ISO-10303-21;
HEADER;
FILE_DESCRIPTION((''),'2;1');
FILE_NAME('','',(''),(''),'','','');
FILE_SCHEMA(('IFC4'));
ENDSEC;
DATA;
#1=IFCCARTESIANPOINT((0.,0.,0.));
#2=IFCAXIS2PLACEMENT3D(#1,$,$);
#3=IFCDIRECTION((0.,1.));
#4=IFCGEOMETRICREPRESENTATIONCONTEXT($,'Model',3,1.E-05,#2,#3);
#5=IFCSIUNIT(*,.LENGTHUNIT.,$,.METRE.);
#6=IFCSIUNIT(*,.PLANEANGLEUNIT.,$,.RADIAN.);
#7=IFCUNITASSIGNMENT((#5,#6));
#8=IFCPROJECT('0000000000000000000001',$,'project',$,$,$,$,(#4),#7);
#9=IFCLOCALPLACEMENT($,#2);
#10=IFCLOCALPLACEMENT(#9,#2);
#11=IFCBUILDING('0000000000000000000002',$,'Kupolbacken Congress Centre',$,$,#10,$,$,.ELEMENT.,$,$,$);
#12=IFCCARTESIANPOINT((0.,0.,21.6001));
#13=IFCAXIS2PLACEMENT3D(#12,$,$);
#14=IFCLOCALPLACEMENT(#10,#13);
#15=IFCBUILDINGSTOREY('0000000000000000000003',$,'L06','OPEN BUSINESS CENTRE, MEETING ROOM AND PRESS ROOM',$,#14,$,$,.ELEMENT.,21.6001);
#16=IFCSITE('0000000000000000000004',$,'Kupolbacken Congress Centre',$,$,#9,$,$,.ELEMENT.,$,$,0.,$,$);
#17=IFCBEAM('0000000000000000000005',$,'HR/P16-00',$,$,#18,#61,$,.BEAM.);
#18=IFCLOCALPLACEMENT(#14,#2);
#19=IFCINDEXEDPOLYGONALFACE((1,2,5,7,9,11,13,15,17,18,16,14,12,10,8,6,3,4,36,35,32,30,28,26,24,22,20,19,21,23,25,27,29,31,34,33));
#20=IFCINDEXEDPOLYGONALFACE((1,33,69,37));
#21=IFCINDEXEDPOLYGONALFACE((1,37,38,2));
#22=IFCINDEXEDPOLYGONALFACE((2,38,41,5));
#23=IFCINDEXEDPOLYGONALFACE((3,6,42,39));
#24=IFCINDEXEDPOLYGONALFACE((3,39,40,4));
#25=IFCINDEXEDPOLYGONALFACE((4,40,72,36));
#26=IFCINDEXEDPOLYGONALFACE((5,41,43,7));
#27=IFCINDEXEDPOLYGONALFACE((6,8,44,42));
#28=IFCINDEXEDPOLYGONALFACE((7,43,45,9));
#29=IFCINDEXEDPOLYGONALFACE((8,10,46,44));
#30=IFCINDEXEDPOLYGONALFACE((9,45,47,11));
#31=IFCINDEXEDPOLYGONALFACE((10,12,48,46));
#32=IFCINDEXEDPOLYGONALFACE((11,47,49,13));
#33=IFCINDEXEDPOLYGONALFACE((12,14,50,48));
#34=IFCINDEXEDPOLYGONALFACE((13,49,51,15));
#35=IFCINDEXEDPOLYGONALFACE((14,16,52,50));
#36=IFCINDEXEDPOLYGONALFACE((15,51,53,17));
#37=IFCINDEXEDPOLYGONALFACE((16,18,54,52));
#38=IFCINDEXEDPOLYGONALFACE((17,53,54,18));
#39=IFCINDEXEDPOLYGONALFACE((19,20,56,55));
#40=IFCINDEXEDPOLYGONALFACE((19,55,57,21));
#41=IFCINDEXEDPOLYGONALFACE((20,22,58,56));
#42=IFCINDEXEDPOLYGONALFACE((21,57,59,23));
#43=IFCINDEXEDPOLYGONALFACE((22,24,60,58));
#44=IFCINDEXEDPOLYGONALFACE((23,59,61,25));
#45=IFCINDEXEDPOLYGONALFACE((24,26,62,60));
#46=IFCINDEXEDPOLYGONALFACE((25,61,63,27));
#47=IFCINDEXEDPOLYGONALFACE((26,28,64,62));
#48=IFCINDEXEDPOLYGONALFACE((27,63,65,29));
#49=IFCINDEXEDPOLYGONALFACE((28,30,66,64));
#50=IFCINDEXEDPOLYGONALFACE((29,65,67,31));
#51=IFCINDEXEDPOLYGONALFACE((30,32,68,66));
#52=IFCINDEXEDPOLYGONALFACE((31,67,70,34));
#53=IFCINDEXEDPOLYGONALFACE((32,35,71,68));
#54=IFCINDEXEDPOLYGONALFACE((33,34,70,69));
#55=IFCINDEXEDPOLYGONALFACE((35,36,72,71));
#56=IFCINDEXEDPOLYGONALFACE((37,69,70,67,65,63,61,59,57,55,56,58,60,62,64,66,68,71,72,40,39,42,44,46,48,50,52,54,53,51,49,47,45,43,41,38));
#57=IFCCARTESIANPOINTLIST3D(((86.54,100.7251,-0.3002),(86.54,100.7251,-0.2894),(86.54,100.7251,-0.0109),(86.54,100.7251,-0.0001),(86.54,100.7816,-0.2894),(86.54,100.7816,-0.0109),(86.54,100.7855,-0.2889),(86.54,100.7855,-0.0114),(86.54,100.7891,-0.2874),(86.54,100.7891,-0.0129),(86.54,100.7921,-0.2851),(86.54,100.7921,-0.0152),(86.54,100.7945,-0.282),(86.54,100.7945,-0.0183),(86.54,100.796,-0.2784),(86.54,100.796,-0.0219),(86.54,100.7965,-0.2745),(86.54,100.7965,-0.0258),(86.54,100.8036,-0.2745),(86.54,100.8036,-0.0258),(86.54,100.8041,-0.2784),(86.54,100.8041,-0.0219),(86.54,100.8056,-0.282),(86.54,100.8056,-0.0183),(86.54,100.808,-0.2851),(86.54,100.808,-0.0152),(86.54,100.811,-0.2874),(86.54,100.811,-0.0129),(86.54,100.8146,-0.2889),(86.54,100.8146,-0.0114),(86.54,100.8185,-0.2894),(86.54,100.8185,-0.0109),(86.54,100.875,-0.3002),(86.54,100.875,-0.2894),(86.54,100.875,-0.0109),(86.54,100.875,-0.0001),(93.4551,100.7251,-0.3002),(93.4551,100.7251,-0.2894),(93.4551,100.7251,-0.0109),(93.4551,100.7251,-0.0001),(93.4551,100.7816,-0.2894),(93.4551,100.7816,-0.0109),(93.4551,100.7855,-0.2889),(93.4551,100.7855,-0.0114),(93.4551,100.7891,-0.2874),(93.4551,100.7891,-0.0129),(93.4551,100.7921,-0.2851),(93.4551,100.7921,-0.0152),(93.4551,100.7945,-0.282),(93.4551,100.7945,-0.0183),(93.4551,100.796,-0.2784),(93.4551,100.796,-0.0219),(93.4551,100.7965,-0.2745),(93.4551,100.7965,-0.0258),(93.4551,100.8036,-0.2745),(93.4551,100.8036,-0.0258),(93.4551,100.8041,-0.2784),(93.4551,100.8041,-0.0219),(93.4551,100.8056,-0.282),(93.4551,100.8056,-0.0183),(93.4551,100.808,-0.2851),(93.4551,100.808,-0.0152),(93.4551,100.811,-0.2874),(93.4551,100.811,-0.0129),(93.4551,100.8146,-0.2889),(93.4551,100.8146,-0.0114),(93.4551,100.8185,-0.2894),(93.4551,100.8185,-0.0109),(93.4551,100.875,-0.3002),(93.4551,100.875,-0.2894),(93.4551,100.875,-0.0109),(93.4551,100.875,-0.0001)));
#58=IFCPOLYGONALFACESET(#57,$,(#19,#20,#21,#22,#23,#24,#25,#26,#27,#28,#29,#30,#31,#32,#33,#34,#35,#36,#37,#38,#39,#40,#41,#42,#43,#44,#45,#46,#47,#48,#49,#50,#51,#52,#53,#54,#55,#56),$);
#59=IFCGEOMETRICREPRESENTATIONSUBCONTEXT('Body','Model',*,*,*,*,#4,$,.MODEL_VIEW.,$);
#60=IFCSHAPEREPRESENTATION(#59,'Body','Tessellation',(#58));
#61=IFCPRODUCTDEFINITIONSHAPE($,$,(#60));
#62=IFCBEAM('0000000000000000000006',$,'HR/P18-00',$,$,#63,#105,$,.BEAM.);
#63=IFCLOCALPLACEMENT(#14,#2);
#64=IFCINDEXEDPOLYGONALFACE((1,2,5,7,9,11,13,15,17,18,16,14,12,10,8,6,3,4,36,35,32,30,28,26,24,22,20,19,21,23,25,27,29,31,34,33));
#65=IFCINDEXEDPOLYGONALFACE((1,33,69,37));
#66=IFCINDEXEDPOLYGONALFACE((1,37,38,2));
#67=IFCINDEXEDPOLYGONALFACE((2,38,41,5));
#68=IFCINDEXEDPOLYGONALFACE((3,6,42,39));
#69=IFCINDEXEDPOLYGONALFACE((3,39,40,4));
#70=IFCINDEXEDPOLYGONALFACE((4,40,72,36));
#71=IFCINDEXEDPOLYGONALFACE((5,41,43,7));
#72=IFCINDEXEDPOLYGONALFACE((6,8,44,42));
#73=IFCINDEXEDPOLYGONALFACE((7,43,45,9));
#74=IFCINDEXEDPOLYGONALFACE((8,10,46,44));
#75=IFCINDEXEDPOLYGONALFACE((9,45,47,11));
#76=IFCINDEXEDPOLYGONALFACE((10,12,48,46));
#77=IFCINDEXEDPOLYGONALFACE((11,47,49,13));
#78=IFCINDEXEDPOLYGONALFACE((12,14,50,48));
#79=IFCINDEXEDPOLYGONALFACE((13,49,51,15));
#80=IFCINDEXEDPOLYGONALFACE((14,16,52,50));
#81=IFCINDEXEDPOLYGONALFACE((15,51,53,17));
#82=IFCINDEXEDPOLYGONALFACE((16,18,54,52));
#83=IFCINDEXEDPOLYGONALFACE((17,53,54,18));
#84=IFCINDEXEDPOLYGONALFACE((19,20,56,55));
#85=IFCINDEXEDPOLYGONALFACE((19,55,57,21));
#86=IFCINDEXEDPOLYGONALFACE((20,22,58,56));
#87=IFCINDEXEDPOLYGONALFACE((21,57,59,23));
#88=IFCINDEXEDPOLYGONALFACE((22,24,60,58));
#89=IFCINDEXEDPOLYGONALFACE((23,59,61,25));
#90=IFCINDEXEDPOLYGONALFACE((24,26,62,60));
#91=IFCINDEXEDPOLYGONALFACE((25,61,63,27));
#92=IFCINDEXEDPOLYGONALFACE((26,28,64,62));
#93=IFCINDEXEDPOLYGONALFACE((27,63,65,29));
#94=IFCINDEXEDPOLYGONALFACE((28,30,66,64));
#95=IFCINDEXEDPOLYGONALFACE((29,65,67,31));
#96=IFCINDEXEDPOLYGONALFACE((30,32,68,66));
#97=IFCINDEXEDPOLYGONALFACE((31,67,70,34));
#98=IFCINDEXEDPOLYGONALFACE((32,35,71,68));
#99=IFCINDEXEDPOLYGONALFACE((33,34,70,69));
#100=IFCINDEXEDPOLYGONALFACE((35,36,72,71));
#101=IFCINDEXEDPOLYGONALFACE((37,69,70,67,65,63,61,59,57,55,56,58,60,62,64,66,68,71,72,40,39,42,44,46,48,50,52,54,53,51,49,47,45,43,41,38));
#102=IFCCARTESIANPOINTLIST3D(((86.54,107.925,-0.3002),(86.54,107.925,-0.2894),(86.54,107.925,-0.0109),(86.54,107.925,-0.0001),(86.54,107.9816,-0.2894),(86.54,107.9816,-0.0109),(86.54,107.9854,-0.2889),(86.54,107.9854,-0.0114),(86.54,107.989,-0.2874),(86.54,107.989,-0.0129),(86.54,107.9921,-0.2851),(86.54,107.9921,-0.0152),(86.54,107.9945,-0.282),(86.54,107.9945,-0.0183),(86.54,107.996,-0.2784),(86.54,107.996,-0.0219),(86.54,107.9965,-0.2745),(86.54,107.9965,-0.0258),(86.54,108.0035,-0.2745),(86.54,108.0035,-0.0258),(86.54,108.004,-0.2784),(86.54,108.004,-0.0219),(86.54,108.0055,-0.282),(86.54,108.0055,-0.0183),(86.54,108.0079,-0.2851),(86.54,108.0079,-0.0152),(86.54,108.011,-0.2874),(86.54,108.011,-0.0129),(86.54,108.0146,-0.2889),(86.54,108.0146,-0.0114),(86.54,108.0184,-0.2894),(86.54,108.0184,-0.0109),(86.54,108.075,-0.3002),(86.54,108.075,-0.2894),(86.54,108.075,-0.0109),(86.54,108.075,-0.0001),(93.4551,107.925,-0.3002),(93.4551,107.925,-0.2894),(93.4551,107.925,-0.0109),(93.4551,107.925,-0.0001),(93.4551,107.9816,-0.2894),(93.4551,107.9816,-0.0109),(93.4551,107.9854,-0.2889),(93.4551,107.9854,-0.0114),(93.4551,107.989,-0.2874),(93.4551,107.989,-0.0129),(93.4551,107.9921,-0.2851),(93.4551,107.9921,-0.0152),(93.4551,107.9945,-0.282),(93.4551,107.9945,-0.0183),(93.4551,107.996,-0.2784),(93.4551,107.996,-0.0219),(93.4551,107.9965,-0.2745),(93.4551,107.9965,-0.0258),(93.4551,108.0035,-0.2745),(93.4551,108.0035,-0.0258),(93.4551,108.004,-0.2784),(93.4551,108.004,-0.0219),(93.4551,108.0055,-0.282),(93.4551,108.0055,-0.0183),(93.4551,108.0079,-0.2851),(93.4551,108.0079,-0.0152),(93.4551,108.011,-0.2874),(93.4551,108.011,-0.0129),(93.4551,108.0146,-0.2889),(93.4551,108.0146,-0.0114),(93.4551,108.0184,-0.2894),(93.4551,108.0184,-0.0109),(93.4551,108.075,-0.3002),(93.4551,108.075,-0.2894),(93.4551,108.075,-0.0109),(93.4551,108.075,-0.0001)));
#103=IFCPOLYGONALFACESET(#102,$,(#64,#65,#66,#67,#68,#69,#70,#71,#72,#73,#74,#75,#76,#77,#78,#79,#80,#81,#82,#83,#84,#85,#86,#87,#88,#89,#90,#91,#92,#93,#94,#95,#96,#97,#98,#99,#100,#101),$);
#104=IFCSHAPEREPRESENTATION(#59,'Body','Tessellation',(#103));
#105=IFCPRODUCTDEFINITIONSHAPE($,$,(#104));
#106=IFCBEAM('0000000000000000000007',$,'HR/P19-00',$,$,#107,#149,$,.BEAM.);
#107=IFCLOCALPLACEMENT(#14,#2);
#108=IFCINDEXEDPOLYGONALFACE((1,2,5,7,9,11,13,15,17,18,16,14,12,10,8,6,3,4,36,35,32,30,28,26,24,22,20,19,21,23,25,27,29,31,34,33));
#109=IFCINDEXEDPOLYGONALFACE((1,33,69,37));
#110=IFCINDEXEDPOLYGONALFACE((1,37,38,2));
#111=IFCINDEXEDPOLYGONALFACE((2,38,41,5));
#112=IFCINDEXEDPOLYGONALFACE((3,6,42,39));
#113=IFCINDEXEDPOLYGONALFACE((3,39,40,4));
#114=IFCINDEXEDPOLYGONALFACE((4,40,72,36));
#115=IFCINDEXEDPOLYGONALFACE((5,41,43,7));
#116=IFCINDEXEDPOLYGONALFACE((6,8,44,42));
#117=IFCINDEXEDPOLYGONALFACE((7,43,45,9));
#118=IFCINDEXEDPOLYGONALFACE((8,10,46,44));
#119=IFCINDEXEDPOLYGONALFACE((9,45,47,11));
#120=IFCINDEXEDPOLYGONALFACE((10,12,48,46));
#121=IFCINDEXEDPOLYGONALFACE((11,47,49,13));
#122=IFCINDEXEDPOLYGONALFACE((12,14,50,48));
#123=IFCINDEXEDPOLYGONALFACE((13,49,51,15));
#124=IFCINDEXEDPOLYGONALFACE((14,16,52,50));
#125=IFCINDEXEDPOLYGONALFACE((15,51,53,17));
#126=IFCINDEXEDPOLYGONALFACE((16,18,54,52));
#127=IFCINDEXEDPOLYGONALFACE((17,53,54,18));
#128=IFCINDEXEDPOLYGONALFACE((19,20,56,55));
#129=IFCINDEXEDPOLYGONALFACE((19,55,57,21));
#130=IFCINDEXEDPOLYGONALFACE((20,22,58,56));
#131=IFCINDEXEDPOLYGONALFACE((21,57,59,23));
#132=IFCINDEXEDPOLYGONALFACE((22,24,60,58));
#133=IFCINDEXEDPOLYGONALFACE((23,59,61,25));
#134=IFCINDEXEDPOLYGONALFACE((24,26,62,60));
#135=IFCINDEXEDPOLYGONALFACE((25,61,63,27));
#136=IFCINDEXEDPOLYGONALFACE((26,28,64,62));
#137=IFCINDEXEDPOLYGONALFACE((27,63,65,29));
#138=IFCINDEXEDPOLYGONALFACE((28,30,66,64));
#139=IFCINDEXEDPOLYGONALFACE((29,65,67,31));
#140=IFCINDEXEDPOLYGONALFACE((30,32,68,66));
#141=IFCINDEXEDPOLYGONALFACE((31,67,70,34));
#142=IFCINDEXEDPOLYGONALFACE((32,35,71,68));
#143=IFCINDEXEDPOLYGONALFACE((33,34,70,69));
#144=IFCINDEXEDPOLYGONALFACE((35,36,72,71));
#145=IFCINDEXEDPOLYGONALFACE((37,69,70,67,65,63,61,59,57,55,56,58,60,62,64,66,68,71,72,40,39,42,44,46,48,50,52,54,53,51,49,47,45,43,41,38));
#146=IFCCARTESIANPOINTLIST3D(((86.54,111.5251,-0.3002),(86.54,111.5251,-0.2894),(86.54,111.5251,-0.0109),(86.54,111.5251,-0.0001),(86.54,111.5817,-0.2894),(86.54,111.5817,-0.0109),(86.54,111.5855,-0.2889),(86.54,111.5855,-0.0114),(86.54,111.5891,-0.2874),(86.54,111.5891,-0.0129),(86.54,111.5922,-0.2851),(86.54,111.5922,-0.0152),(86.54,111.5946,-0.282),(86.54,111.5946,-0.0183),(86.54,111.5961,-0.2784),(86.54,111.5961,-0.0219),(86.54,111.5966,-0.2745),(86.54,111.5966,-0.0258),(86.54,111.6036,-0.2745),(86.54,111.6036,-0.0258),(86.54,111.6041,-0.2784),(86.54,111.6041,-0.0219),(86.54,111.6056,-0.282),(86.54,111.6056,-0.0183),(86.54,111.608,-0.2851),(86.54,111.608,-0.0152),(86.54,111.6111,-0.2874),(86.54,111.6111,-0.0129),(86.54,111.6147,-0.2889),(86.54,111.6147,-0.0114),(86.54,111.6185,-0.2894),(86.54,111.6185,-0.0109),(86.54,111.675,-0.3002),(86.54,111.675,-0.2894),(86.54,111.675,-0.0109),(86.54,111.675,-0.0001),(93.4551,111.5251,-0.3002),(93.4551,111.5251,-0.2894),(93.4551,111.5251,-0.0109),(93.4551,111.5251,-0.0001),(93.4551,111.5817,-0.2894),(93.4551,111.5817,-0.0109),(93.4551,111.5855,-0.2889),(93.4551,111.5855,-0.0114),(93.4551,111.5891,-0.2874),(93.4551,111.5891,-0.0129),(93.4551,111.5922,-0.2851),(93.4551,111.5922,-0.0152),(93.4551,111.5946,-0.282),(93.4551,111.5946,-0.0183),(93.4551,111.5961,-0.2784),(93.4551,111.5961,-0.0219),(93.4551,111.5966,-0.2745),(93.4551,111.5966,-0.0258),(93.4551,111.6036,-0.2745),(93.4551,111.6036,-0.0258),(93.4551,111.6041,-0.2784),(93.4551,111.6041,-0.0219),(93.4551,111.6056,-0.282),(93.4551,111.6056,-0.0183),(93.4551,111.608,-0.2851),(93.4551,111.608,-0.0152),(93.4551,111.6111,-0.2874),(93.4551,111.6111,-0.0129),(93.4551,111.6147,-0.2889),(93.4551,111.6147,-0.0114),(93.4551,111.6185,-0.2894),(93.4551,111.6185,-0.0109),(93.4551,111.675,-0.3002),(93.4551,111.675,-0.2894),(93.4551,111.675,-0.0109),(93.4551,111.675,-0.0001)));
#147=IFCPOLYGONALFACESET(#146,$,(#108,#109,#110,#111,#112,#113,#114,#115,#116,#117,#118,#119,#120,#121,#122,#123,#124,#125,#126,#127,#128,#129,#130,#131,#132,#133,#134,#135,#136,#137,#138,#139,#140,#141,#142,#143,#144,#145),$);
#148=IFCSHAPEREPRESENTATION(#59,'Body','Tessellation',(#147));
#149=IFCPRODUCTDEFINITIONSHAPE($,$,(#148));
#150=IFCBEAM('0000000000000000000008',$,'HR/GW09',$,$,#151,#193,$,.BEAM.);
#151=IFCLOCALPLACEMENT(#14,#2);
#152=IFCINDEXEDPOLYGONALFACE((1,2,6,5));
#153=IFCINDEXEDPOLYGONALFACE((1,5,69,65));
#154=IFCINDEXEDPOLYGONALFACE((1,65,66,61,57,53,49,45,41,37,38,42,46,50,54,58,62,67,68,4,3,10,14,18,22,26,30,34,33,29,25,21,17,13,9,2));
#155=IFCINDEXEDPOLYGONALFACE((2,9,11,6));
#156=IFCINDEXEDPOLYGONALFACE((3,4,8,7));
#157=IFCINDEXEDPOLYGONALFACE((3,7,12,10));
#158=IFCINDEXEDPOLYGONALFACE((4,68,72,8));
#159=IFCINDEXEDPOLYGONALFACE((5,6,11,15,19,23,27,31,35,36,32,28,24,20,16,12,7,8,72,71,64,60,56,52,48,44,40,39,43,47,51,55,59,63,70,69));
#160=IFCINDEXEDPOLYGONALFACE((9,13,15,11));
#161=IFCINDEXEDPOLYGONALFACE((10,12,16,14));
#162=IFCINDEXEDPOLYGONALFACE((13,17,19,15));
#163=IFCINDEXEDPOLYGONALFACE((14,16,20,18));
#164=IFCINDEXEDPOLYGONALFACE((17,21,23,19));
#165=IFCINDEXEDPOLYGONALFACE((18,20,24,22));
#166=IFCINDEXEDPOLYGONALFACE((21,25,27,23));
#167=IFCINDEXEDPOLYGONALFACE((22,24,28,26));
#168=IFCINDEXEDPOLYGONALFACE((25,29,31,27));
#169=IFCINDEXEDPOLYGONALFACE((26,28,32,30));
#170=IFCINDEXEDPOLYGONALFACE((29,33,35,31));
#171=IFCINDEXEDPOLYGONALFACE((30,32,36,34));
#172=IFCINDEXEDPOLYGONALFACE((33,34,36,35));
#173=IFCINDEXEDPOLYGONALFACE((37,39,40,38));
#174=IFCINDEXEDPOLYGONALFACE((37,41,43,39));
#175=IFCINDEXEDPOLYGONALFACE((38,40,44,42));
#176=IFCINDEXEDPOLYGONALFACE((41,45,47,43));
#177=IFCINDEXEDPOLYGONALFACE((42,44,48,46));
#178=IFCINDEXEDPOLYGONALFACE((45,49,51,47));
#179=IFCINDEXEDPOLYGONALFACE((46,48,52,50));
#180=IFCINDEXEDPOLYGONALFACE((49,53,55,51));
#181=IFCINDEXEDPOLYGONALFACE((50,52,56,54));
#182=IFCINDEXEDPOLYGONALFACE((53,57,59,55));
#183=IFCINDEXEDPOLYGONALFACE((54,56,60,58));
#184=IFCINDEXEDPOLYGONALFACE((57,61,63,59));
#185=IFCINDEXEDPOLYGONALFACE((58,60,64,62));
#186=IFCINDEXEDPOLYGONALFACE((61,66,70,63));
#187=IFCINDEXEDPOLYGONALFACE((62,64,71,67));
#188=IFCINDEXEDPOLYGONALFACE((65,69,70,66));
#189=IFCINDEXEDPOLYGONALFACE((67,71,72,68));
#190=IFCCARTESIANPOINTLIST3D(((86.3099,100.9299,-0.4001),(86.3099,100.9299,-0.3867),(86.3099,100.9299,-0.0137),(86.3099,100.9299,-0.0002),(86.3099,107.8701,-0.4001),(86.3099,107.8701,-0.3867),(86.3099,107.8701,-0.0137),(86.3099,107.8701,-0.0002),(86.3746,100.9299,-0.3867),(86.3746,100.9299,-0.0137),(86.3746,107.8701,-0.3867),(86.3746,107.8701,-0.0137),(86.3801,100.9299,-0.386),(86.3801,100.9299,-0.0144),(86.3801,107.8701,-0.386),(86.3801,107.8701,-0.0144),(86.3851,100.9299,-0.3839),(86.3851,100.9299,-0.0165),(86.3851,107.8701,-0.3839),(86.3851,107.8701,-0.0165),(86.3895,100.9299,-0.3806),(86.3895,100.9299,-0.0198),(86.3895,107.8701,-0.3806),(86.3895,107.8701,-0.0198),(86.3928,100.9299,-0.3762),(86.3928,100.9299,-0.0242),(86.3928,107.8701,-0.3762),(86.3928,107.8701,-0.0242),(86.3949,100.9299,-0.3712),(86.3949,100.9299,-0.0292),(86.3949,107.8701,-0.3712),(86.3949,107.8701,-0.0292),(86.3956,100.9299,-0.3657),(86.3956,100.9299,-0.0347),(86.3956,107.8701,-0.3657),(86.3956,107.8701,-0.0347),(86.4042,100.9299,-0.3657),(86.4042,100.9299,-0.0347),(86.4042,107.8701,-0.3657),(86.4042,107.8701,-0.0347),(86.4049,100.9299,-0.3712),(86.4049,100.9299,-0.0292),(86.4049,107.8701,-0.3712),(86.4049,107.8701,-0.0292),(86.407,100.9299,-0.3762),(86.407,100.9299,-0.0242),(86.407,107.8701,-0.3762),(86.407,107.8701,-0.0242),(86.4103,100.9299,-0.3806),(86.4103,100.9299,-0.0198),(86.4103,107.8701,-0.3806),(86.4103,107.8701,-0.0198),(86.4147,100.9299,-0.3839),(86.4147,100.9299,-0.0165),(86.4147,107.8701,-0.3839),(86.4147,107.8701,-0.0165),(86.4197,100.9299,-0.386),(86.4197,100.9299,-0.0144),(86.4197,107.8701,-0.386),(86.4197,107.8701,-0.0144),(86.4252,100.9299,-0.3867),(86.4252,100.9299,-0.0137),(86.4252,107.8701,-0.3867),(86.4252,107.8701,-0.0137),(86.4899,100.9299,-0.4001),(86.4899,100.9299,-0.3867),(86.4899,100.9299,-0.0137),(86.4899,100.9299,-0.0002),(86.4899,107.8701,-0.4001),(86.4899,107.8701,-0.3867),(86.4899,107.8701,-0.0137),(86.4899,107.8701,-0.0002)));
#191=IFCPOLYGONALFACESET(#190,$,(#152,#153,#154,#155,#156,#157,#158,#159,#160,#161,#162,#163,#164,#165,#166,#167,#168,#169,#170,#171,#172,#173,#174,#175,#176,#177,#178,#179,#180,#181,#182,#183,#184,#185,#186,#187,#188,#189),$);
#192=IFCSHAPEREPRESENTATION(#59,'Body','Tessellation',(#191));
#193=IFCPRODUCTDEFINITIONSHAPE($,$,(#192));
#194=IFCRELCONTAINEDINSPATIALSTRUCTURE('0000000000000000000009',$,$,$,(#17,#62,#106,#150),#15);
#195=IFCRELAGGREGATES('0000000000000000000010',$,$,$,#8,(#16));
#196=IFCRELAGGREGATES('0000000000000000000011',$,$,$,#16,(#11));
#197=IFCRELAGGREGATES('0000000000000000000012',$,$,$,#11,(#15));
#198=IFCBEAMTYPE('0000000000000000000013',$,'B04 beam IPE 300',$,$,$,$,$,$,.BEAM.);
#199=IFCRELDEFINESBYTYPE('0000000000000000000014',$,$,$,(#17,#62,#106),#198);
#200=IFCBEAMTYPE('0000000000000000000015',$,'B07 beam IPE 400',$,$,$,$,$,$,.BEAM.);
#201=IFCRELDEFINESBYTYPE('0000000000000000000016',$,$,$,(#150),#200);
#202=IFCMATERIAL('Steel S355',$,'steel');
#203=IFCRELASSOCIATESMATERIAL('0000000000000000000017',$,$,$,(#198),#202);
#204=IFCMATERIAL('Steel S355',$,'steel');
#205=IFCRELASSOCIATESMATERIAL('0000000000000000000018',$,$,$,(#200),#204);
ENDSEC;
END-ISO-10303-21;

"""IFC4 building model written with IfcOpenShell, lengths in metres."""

from ifc_helpers import new_model, si_unit, direction, frame, origin, origin_2d, place, context, subcontext, project, spatial, i_section, extrude, material, material_profile, profile_set, type_object, element, save


model = new_model("IFC4")

# Units and contexts
model_context = context("Model", 3, precision=1e-05, world=origin(), true_north=direction((0.0, 1.0)))
body_context = subcontext(model_context, "Body", "Model", "MODEL_VIEW")
ifc_project = project(units=[si_unit("LENGTHUNIT", "METRE"), si_unit("PLANEANGLEUNIT", "RADIAN")], contexts=[model_context])

# Site, building, storey
site_placement = place(None, origin())
site = spatial("IfcSite", under=ifc_project, at=site_placement, Name="Kupolbacken Congress Centre", CompositionType="ELEMENT", RefElevation=0.0)
building_placement = place(site_placement, origin())
building = spatial("IfcBuilding", under=site, at=building_placement, Name="Kupolbacken Congress Centre", CompositionType="ELEMENT")
storey_placement = place(building_placement, frame((0.0, 0.0, 21.6001)))
storey = spatial("IfcBuildingStorey", under=building, at=storey_placement, Name="L06", Description="OPEN BUSINESS CENTRE, MEETING ROOM AND PRESS ROOM", CompositionType="ELEMENT", Elevation=21.6001)

# Beams
ifc_material_1 = material(Name="Steel S355", Category="steel")
ifc_material_profile_1 = material_profile(ifc_material_1, i_section(OverallWidth=0.1499, OverallDepth=0.3, WebThickness=0.0071, FlangeThickness=0.0107, FilletRadius=0.0149, at=origin_2d()), Name="IPE 300")
ifc_profile_set_1 = profile_set([ifc_material_profile_1], Name="Steel S355")
beam_type_1 = type_object("IfcBeamType", Name="B04 beam IPE 300", PredefinedType="BEAM", material=ifc_profile_set_1)
for number, where, z_axis, x_axis, name in (
    (1, (86.54, 100.8, -0.1501), (1.0, 0.0, 0.0), (0.0, 1.0, 0.0), "HR/P16-00"),
    (2, (86.54, 108.0, -0.1501), (1.0, 0.0, 0.0), (0.0, 1.0, 0.0), "HR/P18-00"),
    (3, (86.54, 111.6001, -0.1501), (1.0, 0.0, 0.0), (0.0, 1.0, 0.0), "HR/P19-00"),
):
    element("IfcBeam", number, at=place(storey_placement, frame(where, z_axis=z_axis, x_axis=x_axis)), inside=storey, type_object=beam_type_1, Name=name, PredefinedType="BEAM", context=body_context, shape_type="SweptSolid", body=[
        extrude(i_section(OverallWidth=0.1499, OverallDepth=0.3, WebThickness=0.0071, FlangeThickness=0.0107, FilletRadius=0.0149, at=origin_2d()), origin(), (0.0, 0.0, 1.0), 6.915),
    ])
ifc_material_2 = material(Name="Steel S355", Category="steel")
ifc_material_profile_2 = material_profile(ifc_material_2, i_section(OverallWidth=0.1799, OverallDepth=0.3999, WebThickness=0.0085, FlangeThickness=0.0134, FilletRadius=0.021, at=origin_2d()), Name="IPE 400")
ifc_profile_set_2 = profile_set([ifc_material_profile_2], Name="Steel S355")
beam_type_2 = type_object("IfcBeamType", Name="B07 beam IPE 400", PredefinedType="BEAM", material=ifc_profile_set_2)
for number, where, z_axis, x_axis, name in (
    (4, (86.3999, 100.9299, -0.2002), (0.0, 1.0, 0.0), (-1.0, 0.0, 0.0), "HR/GW09"),
):
    element("IfcBeam", number, at=place(storey_placement, frame(where, z_axis=z_axis, x_axis=x_axis)), inside=storey, type_object=beam_type_2, Name=name, PredefinedType="BEAM", context=body_context, shape_type="SweptSolid", body=[
        extrude(i_section(OverallWidth=0.1799, OverallDepth=0.3999, WebThickness=0.0085, FlangeThickness=0.0134, FilletRadius=0.021, at=origin_2d()), origin(), (0.0, 0.0, 1.0), 6.9402),
    ])

save(model, "model.ifc")
